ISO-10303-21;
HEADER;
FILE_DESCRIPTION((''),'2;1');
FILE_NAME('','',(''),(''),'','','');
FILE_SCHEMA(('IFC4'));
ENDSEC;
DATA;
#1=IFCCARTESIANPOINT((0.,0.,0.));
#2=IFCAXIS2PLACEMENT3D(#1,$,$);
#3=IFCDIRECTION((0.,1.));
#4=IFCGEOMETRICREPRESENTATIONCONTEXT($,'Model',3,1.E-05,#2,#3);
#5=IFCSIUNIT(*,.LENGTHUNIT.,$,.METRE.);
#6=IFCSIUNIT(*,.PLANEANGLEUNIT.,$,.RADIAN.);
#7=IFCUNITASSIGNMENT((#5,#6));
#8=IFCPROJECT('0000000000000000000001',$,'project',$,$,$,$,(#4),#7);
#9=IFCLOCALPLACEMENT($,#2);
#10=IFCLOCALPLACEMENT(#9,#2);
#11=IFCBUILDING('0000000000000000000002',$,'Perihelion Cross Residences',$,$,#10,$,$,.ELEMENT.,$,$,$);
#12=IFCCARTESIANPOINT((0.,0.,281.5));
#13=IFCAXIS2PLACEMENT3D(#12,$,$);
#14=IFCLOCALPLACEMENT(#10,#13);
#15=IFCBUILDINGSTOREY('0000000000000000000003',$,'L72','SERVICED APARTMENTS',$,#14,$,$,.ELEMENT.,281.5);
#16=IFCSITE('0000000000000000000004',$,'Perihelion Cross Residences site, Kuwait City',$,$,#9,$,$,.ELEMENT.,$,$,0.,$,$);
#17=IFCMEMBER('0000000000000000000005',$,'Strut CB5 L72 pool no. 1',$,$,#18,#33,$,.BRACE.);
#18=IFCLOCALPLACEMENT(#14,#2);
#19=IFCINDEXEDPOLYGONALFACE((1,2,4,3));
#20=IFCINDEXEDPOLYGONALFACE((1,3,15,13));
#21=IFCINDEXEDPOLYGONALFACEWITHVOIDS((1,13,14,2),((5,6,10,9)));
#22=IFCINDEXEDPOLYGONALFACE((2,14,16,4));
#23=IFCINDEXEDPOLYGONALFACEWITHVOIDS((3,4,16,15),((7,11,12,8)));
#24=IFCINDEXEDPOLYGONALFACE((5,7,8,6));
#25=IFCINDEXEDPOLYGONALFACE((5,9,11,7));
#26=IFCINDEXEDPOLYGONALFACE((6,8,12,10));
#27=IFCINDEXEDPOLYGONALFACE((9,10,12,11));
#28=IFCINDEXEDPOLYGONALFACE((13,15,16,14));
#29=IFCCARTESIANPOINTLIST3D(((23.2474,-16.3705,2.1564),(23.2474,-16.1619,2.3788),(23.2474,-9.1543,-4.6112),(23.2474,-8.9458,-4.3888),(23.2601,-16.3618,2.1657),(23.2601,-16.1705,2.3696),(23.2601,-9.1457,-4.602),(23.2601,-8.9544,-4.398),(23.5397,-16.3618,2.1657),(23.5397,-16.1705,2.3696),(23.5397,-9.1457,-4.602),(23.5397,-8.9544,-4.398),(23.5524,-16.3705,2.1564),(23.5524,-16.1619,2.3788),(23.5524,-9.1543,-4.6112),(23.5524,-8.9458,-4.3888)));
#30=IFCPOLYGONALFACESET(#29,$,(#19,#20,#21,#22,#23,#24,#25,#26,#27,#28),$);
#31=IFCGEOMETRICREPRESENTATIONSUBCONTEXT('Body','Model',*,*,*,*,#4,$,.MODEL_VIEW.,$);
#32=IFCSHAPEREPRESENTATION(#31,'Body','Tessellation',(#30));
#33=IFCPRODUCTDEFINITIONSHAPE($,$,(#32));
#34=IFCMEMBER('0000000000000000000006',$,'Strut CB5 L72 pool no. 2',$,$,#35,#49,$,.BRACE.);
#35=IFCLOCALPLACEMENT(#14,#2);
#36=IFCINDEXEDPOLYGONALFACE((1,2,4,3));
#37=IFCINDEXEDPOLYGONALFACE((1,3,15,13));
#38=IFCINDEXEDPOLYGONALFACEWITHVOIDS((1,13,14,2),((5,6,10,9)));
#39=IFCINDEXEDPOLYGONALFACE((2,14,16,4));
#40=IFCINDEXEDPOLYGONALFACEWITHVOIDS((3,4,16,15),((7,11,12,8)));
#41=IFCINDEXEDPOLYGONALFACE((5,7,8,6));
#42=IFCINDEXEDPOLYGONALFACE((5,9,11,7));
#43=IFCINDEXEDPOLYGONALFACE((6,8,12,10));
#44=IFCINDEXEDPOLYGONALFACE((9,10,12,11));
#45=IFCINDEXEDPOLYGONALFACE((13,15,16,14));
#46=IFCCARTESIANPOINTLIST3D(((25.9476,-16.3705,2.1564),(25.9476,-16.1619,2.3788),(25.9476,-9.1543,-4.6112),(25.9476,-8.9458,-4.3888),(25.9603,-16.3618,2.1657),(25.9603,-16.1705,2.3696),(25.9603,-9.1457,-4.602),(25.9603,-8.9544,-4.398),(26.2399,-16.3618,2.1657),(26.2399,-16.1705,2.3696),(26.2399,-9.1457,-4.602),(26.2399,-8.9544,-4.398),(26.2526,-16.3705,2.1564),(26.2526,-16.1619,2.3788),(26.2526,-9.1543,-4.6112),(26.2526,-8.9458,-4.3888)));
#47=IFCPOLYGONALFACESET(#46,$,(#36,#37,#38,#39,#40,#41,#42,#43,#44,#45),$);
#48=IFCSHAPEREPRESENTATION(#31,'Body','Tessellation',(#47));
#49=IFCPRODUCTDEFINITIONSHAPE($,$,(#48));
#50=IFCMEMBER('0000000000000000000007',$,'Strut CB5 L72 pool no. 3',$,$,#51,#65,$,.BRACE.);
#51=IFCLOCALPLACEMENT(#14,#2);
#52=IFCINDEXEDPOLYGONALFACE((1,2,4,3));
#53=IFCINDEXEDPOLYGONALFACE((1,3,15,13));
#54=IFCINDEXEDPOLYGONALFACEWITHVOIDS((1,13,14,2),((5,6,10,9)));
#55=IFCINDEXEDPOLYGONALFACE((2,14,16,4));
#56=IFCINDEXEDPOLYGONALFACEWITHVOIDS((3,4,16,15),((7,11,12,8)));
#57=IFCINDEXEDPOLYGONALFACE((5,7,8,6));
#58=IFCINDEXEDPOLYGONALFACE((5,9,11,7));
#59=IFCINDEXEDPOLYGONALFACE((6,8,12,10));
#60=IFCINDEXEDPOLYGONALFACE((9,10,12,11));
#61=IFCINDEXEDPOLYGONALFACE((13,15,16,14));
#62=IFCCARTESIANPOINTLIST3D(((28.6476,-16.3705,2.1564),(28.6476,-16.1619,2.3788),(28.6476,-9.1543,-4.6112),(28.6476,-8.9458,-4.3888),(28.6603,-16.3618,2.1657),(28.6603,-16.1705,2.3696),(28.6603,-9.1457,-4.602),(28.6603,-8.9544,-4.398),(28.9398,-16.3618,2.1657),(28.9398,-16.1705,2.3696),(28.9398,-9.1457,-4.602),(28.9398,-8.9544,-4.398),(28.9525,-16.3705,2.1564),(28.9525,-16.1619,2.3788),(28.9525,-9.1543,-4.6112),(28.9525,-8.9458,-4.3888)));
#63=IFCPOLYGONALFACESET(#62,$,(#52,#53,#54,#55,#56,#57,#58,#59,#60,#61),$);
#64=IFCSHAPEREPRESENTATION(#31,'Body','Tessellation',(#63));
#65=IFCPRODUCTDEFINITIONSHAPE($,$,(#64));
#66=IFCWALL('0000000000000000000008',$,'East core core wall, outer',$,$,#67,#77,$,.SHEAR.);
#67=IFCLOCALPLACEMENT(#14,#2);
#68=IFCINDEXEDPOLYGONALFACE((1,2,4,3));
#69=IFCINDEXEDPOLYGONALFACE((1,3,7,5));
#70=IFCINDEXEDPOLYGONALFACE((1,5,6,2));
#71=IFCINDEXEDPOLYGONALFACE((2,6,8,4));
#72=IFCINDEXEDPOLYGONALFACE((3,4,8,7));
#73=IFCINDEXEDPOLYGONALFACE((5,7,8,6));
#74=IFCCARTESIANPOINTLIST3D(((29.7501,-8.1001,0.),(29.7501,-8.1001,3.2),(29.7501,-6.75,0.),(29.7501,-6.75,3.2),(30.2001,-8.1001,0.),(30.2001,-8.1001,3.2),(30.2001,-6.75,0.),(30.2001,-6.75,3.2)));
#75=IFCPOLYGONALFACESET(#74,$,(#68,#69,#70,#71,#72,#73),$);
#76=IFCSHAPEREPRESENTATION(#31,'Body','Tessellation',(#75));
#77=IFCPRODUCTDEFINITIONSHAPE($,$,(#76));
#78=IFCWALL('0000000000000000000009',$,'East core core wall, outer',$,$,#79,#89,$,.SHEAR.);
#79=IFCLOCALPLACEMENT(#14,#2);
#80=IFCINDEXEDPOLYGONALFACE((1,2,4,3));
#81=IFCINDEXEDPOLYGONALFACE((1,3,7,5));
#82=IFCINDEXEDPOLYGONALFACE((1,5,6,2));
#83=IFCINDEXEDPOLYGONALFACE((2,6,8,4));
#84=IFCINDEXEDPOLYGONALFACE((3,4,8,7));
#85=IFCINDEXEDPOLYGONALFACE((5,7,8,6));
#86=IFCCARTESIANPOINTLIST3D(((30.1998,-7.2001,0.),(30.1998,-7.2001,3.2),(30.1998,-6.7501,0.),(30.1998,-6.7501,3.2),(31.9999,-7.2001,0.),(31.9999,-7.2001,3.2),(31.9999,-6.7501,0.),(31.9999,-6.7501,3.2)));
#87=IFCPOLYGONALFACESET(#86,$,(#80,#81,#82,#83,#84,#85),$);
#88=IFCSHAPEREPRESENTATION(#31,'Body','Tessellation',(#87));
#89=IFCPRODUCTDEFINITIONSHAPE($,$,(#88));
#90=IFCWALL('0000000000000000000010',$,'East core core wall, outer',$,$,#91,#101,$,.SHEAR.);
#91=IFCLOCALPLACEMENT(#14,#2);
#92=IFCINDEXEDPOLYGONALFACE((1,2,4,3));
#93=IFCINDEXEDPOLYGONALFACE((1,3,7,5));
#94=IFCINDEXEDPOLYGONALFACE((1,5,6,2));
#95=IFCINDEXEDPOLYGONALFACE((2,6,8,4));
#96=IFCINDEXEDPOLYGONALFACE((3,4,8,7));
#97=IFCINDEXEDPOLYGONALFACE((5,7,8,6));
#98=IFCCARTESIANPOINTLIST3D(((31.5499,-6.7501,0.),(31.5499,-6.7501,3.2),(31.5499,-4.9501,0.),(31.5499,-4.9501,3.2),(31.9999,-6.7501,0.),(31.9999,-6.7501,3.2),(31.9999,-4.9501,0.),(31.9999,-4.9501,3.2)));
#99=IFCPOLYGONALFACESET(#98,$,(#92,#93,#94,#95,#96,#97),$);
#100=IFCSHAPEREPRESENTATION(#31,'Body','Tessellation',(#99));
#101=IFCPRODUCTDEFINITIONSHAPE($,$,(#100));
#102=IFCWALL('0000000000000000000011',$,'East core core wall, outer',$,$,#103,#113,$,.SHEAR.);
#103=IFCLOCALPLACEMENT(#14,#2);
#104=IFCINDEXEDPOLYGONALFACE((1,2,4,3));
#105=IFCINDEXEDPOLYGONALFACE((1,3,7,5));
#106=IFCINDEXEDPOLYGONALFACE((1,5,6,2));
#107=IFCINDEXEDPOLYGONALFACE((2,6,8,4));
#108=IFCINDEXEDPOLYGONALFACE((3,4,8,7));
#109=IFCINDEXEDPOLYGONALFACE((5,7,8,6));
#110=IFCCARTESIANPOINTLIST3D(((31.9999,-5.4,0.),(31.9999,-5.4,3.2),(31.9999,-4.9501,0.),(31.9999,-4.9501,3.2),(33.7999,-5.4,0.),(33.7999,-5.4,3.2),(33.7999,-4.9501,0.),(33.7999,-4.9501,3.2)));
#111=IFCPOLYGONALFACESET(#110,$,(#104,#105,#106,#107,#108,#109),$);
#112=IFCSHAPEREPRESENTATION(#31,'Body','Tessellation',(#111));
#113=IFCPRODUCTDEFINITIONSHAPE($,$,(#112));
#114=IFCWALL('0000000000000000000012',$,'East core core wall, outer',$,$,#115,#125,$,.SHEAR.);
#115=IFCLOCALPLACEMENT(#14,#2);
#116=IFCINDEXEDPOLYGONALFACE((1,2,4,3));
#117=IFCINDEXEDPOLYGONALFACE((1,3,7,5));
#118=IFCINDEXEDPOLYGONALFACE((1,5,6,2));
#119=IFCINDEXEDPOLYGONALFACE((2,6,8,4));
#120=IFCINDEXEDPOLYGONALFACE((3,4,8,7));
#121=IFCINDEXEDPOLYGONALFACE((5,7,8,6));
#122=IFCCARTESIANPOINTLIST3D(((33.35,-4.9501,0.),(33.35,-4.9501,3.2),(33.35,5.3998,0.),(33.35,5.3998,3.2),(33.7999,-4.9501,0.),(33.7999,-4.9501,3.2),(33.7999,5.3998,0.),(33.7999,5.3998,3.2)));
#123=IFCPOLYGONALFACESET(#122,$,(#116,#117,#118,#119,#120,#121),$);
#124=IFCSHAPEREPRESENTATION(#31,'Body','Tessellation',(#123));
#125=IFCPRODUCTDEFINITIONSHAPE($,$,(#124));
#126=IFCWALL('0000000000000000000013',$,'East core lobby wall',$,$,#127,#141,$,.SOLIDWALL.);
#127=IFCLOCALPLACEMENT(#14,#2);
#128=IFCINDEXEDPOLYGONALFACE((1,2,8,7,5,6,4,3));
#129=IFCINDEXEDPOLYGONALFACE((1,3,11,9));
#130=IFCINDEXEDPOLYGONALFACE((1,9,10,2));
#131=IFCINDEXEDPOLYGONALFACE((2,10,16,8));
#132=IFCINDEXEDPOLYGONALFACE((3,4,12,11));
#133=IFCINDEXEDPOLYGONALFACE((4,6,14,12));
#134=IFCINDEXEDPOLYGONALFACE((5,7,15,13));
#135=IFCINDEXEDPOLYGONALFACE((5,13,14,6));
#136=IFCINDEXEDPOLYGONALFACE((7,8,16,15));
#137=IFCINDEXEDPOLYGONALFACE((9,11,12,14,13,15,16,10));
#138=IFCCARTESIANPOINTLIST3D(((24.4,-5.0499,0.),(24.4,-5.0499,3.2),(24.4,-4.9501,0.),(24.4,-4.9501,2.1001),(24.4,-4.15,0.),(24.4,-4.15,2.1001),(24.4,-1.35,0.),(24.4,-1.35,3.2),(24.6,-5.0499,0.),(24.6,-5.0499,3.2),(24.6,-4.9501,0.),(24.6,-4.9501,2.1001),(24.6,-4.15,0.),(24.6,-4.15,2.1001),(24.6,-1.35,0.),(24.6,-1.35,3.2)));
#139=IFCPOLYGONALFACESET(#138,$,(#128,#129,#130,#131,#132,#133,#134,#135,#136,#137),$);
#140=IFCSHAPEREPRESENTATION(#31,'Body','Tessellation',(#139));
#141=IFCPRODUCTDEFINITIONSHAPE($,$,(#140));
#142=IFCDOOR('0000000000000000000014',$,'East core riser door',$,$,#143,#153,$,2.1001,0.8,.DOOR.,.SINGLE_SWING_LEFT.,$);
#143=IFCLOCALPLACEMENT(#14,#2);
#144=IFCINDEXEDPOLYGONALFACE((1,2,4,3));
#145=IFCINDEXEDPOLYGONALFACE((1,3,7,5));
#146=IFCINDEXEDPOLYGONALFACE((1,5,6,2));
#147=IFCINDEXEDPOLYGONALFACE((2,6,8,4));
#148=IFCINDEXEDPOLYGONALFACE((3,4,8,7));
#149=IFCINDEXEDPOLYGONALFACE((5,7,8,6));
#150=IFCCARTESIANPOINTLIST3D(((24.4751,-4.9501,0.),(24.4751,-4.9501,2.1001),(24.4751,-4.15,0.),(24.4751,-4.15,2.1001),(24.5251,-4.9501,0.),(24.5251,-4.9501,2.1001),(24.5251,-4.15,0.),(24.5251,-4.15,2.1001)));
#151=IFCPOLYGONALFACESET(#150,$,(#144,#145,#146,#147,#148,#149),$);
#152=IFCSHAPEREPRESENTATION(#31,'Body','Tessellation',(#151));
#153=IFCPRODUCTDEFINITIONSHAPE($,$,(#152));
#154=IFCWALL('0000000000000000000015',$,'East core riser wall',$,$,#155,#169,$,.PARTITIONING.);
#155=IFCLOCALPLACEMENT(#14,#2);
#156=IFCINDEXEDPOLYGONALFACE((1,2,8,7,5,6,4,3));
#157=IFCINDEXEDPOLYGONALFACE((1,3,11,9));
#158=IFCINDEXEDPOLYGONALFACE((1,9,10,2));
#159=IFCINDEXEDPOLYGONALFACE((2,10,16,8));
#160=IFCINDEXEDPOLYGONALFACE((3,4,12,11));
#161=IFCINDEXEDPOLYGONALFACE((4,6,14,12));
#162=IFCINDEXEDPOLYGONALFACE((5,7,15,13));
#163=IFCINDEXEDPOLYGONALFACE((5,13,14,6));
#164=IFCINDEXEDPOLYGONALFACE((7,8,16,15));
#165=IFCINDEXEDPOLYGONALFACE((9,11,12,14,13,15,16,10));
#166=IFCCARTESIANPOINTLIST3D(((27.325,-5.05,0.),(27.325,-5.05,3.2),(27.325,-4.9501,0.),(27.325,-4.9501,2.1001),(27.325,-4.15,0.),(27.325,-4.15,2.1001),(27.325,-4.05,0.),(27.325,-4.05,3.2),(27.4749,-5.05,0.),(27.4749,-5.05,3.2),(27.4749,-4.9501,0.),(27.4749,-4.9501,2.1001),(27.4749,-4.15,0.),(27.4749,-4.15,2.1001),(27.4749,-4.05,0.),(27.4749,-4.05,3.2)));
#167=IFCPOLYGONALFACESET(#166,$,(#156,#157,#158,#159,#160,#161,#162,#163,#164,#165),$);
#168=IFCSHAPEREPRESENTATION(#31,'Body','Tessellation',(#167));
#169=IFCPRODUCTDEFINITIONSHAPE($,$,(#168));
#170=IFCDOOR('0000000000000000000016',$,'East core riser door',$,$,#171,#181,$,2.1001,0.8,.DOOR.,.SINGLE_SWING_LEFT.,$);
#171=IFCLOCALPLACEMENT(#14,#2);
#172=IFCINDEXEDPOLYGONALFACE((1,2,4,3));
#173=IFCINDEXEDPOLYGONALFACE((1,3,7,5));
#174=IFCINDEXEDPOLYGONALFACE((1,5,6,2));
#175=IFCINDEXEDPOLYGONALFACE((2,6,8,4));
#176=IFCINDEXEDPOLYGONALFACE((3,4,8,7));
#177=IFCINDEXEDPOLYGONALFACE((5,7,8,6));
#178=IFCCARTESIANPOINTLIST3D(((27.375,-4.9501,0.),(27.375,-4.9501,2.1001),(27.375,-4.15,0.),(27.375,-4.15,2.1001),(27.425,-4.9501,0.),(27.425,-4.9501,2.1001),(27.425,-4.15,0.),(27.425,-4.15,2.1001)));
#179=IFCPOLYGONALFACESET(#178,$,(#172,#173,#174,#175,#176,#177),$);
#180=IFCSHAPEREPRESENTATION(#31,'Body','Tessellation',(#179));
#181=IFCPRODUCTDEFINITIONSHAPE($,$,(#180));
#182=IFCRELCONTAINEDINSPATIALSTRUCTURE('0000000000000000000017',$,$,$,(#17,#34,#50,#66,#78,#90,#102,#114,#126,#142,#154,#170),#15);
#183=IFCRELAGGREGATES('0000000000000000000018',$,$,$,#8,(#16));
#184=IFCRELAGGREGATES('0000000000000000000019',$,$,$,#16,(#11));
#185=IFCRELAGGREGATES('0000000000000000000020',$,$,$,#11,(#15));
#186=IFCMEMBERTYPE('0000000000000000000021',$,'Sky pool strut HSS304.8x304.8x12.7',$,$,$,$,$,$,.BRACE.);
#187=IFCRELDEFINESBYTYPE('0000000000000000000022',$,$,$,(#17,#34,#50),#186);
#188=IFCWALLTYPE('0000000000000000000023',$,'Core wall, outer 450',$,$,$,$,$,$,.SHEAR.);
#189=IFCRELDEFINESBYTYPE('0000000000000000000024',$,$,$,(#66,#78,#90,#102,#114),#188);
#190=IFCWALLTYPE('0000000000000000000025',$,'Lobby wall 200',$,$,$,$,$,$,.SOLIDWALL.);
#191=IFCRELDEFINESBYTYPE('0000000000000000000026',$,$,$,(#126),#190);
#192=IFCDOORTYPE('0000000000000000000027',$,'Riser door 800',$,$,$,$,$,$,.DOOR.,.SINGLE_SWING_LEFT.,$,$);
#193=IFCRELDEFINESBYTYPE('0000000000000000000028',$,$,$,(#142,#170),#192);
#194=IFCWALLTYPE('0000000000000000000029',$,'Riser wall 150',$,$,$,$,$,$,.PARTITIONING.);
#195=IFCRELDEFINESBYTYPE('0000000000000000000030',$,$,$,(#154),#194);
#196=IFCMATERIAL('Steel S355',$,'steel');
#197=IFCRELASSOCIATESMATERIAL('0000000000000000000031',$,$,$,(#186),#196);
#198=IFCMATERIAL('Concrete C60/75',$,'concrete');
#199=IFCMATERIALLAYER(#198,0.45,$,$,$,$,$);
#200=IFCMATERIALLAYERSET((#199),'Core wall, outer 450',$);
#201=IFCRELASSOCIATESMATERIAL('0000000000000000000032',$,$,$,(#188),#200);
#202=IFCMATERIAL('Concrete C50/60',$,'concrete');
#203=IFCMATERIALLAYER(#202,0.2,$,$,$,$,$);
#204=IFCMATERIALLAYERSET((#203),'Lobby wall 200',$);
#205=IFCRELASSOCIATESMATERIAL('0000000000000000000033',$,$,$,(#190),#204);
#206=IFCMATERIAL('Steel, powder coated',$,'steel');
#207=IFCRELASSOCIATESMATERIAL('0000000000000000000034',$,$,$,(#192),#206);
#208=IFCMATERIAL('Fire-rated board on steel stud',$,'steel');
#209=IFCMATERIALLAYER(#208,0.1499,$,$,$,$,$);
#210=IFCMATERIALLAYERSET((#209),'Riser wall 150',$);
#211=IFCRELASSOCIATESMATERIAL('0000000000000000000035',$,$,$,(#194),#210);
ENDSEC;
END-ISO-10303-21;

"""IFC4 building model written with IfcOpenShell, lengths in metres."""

from ifc_helpers import new_model, si_unit, direction, frame, frame_2d, origin, origin_2d, place, context, subcontext, project, spatial, rectangle, hollow_rectangle, extrude, material, layer, layer_set, material_profile, profile_set, type_object, element, fill, save


model = new_model("IFC4")

# Units and contexts
model_context = context("Model", 3, precision=1e-05, world=origin(), true_north=direction((0.0, 1.0)))
body_context = subcontext(model_context, "Body", "Model", "MODEL_VIEW")
ifc_project = project(units=[si_unit("LENGTHUNIT", "METRE"), si_unit("PLANEANGLEUNIT", "RADIAN")], contexts=[model_context])

# Site, building, storey
site_placement = place(None, origin())
site = spatial("IfcSite", under=ifc_project, at=site_placement, Name="Perihelion Cross Residences site, Kuwait City", CompositionType="ELEMENT", RefElevation=0.0)
building_placement = place(site_placement, origin())
building = spatial("IfcBuilding", under=site, at=building_placement, Name="Perihelion Cross Residences", CompositionType="ELEMENT")
storey_placement = place(building_placement, frame((0.0, 0.0, 281.5)))
storey = spatial("IfcBuildingStorey", under=building, at=storey_placement, Name="L72", Description="SERVICED APARTMENTS", CompositionType="ELEMENT", Elevation=281.5)

# Members
ifc_material_1 = material(Name="Steel S355", Category="steel")
ifc_material_profile = material_profile(ifc_material_1, hollow_rectangle(XDim=0.3049, YDim=0.3049, WallThickness=0.0127, at=origin_2d()), Name="HSS304.8x304.8x12.7")
ifc_profile_set = profile_set([ifc_material_profile], Name="Steel S355")
member_type = type_object("IfcMemberType", Name="Sky pool strut HSS304.8x304.8x12.7", PredefinedType="BRACE", material=ifc_profile_set)
for number, where, z_axis, x_axis, name in (
    (1, (23.3999, -9.05, -4.5), (0.0, -0.72941, 0.684077), (1.0, 0.0, 0.0), "Strut CB5 L72 pool no. 1"),
    (2, (26.1001, -9.05, -4.5), (0.0, -0.72941, 0.684077), (1.0, 0.0, 0.0), "Strut CB5 L72 pool no. 2"),
    (3, (28.8, -9.05, -4.5), (0.0, -0.72941, 0.684077), (1.0, 0.0, 0.0), "Strut CB5 L72 pool no. 3"),
):
    element("IfcMember", number, at=place(storey_placement, frame(where, z_axis=z_axis, x_axis=x_axis)), inside=storey, type_object=member_type, Name=name, PredefinedType="BRACE", context=body_context, shape_type="SweptSolid", body=[
        extrude(hollow_rectangle(XDim=0.3049, YDim=0.3049, WallThickness=0.0127, at=origin_2d()), origin(), (0.0, 0.0, 1.0), 9.8931),
    ])

# Walls
ifc_material_2 = material(Name="Concrete C60/75", Category="concrete")
ifc_layer_1 = layer(ifc_material_2, 0.45)
ifc_layer_set_1 = layer_set([ifc_layer_1], Name="Core wall, outer 450")
wall_type_1 = type_object("IfcWallType", Name="Core wall, outer 450", PredefinedType="SHEAR", material=ifc_layer_set_1)
wall_1_placement = place(storey_placement, frame((29.9751, -8.1001, 0.0), z_axis=(0.0, 0.0, 1.0), x_axis=(0.0, 1.0, 0.0)))
element("IfcWall", 4, at=wall_1_placement, inside=storey, type_object=wall_type_1, Name="East core core wall, outer", PredefinedType="SHEAR", context=body_context, shape_type="SweptSolid", body=[
    extrude(rectangle(XDim=1.3501, YDim=0.45, at=frame_2d((0.675, 0.0))), origin(), (0.0, 0.0, 1.0), 3.2),
])
for number, where, z_axis, x_axis, name in (
    (5, (30.2, -6.9751, 0.0), (0.0, 0.0, 1.0), (1.0, 0.0, 0.0), "East core core wall, outer"),
    (6, (31.7749, -6.75, 0.0), (0.0, 0.0, 1.0), (0.0, 1.0, 0.0), "East core core wall, outer"),
    (7, (32.0, -5.175, 0.0), (0.0, 0.0, 1.0), (1.0, 0.0, 0.0), "East core core wall, outer"),
):
    element("IfcWall", number, at=place(storey_placement, frame(where, z_axis=z_axis, x_axis=x_axis)), inside=storey, type_object=wall_type_1, Name=name, PredefinedType="SHEAR", context=body_context, shape_type="SweptSolid", body=[
        extrude(rectangle(XDim=1.8, YDim=0.45, at=frame_2d((0.8999, 0.0))), origin(), (0.0, 0.0, 1.0), 3.2),
    ])
wall_2_placement = place(storey_placement, frame((33.575, -4.95, 0.0), z_axis=(0.0, 0.0, 1.0), x_axis=(0.0, 1.0, 0.0)))
element("IfcWall", 8, at=wall_2_placement, inside=storey, type_object=wall_type_1, Name="East core core wall, outer", PredefinedType="SHEAR", context=body_context, shape_type="SweptSolid", body=[
    extrude(rectangle(XDim=10.3499, YDim=0.45, at=frame_2d((5.1748, 0.0))), origin(), (0.0, 0.0, 1.0), 3.2),
])

# Walls, openings, doors
ifc_material_3 = material(Name="Concrete C50/60", Category="concrete")
ifc_layer_2 = layer(ifc_material_3, 0.2)
ifc_layer_set_2 = layer_set([ifc_layer_2], Name="Lobby wall 200")
wall_type_2 = type_object("IfcWallType", Name="Lobby wall 200", PredefinedType="SOLIDWALL", material=ifc_layer_set_2)
wall_3_placement = place(storey_placement, frame((24.5, -5.05, 0.0), z_axis=(0.0, 0.0, 1.0), x_axis=(0.0, 1.0, 0.0)))
wall_3 = element("IfcWall", 9, at=wall_3_placement, inside=storey, type_object=wall_type_2, Name="East core lobby wall", PredefinedType="SOLIDWALL", context=body_context, shape_type="SweptSolid", body=[
    extrude(rectangle(XDim=3.7, YDim=0.2, at=frame_2d((1.8501, 0.0))), origin(), (0.0, 0.0, 1.0), 3.2),
])
opening_1_placement = place(wall_3_placement, frame((0.1001, 0.0, 0.0)))
opening_1 = element("IfcOpeningElement", 10, at=opening_1_placement, cuts=wall_3, PredefinedType="OPENING", context=body_context, shape_type="SweptSolid", body=[
    extrude(rectangle(XDim=0.8, YDim=2.1001, at=frame_2d((0.3999, 1.05))), frame((0.0, 0.1099, 0.0), z_axis=(0.0, -1.0, 0.0), x_axis=(1.0, 0.0, 0.0)), (0.0, 0.0, 1.0), 0.22),
])
ifc_material_4 = material(Name="Steel, powder coated", Category="steel")
door_type = type_object("IfcDoorType", Name="Riser door 800", OperationType="SINGLE_SWING_LEFT", PredefinedType="DOOR", material=ifc_material_4)
door_1_placement = place(opening_1_placement, origin())
door_1 = element("IfcDoor", 11, at=door_1_placement, inside=storey, type_object=door_type, Name="East core riser door", OperationType="SINGLE_SWING_LEFT", OverallHeight=2.1001, OverallWidth=0.8, PredefinedType="DOOR", context=body_context, shape_type="SweptSolid", body=[
    extrude(rectangle(XDim=0.8, YDim=2.1001, at=frame_2d((0.3999, 1.05))), frame((0.0, 0.0249, 0.0), z_axis=(0.0, -1.0, 0.0), x_axis=(1.0, 0.0, 0.0)), (0.0, 0.0, 1.0), 0.05),
])
fill(opening_1, door_1)
ifc_material_5 = material(Name="Fire-rated board on steel stud", Category="steel")
ifc_layer_3 = layer(ifc_material_5, 0.1499)
ifc_layer_set_3 = layer_set([ifc_layer_3], Name="Riser wall 150")
wall_type_3 = type_object("IfcWallType", Name="Riser wall 150", PredefinedType="PARTITIONING", material=ifc_layer_set_3)
wall_4_placement = place(storey_placement, frame((27.3999, -5.05, 0.0), z_axis=(0.0, 0.0, 1.0), x_axis=(0.0, 1.0, 0.0)))
wall_4 = element("IfcWall", 12, at=wall_4_placement, inside=storey, type_object=wall_type_3, Name="East core riser wall", PredefinedType="PARTITIONING", context=body_context, shape_type="SweptSolid", body=[
    extrude(rectangle(XDim=1.0, YDim=0.1499, at=frame_2d((0.5, 0.0))), origin(), (0.0, 0.0, 1.0), 3.2),
])
opening_2_placement = place(wall_4_placement, frame((0.1001, 0.0, 0.0)))
opening_2 = element("IfcOpeningElement", 13, at=opening_2_placement, cuts=wall_4, PredefinedType="OPENING", context=body_context, shape_type="SweptSolid", body=[
    extrude(rectangle(XDim=0.8, YDim=2.1001, at=frame_2d((0.3999, 1.05))), frame((0.0, 0.085, 0.0), z_axis=(0.0, -1.0, 0.0), x_axis=(1.0, 0.0, 0.0)), (0.0, 0.0, 1.0), 0.1699),
])
door_2_placement = place(opening_2_placement, origin())
door_2 = element("IfcDoor", 14, at=door_2_placement, inside=storey, type_object=door_type, Name="East core riser door", OperationType="SINGLE_SWING_LEFT", OverallHeight=2.1001, OverallWidth=0.8, PredefinedType="DOOR", context=body_context, shape_type="SweptSolid", body=[
    extrude(rectangle(XDim=0.8, YDim=2.1001, at=frame_2d((0.3999, 1.05))), frame((0.0, 0.0249, 0.0), z_axis=(0.0, -1.0, 0.0), x_axis=(1.0, 0.0, 0.0)), (0.0, 0.0, 1.0), 0.05),
])
fill(opening_2, door_2)

save(model, "model.ifc")
